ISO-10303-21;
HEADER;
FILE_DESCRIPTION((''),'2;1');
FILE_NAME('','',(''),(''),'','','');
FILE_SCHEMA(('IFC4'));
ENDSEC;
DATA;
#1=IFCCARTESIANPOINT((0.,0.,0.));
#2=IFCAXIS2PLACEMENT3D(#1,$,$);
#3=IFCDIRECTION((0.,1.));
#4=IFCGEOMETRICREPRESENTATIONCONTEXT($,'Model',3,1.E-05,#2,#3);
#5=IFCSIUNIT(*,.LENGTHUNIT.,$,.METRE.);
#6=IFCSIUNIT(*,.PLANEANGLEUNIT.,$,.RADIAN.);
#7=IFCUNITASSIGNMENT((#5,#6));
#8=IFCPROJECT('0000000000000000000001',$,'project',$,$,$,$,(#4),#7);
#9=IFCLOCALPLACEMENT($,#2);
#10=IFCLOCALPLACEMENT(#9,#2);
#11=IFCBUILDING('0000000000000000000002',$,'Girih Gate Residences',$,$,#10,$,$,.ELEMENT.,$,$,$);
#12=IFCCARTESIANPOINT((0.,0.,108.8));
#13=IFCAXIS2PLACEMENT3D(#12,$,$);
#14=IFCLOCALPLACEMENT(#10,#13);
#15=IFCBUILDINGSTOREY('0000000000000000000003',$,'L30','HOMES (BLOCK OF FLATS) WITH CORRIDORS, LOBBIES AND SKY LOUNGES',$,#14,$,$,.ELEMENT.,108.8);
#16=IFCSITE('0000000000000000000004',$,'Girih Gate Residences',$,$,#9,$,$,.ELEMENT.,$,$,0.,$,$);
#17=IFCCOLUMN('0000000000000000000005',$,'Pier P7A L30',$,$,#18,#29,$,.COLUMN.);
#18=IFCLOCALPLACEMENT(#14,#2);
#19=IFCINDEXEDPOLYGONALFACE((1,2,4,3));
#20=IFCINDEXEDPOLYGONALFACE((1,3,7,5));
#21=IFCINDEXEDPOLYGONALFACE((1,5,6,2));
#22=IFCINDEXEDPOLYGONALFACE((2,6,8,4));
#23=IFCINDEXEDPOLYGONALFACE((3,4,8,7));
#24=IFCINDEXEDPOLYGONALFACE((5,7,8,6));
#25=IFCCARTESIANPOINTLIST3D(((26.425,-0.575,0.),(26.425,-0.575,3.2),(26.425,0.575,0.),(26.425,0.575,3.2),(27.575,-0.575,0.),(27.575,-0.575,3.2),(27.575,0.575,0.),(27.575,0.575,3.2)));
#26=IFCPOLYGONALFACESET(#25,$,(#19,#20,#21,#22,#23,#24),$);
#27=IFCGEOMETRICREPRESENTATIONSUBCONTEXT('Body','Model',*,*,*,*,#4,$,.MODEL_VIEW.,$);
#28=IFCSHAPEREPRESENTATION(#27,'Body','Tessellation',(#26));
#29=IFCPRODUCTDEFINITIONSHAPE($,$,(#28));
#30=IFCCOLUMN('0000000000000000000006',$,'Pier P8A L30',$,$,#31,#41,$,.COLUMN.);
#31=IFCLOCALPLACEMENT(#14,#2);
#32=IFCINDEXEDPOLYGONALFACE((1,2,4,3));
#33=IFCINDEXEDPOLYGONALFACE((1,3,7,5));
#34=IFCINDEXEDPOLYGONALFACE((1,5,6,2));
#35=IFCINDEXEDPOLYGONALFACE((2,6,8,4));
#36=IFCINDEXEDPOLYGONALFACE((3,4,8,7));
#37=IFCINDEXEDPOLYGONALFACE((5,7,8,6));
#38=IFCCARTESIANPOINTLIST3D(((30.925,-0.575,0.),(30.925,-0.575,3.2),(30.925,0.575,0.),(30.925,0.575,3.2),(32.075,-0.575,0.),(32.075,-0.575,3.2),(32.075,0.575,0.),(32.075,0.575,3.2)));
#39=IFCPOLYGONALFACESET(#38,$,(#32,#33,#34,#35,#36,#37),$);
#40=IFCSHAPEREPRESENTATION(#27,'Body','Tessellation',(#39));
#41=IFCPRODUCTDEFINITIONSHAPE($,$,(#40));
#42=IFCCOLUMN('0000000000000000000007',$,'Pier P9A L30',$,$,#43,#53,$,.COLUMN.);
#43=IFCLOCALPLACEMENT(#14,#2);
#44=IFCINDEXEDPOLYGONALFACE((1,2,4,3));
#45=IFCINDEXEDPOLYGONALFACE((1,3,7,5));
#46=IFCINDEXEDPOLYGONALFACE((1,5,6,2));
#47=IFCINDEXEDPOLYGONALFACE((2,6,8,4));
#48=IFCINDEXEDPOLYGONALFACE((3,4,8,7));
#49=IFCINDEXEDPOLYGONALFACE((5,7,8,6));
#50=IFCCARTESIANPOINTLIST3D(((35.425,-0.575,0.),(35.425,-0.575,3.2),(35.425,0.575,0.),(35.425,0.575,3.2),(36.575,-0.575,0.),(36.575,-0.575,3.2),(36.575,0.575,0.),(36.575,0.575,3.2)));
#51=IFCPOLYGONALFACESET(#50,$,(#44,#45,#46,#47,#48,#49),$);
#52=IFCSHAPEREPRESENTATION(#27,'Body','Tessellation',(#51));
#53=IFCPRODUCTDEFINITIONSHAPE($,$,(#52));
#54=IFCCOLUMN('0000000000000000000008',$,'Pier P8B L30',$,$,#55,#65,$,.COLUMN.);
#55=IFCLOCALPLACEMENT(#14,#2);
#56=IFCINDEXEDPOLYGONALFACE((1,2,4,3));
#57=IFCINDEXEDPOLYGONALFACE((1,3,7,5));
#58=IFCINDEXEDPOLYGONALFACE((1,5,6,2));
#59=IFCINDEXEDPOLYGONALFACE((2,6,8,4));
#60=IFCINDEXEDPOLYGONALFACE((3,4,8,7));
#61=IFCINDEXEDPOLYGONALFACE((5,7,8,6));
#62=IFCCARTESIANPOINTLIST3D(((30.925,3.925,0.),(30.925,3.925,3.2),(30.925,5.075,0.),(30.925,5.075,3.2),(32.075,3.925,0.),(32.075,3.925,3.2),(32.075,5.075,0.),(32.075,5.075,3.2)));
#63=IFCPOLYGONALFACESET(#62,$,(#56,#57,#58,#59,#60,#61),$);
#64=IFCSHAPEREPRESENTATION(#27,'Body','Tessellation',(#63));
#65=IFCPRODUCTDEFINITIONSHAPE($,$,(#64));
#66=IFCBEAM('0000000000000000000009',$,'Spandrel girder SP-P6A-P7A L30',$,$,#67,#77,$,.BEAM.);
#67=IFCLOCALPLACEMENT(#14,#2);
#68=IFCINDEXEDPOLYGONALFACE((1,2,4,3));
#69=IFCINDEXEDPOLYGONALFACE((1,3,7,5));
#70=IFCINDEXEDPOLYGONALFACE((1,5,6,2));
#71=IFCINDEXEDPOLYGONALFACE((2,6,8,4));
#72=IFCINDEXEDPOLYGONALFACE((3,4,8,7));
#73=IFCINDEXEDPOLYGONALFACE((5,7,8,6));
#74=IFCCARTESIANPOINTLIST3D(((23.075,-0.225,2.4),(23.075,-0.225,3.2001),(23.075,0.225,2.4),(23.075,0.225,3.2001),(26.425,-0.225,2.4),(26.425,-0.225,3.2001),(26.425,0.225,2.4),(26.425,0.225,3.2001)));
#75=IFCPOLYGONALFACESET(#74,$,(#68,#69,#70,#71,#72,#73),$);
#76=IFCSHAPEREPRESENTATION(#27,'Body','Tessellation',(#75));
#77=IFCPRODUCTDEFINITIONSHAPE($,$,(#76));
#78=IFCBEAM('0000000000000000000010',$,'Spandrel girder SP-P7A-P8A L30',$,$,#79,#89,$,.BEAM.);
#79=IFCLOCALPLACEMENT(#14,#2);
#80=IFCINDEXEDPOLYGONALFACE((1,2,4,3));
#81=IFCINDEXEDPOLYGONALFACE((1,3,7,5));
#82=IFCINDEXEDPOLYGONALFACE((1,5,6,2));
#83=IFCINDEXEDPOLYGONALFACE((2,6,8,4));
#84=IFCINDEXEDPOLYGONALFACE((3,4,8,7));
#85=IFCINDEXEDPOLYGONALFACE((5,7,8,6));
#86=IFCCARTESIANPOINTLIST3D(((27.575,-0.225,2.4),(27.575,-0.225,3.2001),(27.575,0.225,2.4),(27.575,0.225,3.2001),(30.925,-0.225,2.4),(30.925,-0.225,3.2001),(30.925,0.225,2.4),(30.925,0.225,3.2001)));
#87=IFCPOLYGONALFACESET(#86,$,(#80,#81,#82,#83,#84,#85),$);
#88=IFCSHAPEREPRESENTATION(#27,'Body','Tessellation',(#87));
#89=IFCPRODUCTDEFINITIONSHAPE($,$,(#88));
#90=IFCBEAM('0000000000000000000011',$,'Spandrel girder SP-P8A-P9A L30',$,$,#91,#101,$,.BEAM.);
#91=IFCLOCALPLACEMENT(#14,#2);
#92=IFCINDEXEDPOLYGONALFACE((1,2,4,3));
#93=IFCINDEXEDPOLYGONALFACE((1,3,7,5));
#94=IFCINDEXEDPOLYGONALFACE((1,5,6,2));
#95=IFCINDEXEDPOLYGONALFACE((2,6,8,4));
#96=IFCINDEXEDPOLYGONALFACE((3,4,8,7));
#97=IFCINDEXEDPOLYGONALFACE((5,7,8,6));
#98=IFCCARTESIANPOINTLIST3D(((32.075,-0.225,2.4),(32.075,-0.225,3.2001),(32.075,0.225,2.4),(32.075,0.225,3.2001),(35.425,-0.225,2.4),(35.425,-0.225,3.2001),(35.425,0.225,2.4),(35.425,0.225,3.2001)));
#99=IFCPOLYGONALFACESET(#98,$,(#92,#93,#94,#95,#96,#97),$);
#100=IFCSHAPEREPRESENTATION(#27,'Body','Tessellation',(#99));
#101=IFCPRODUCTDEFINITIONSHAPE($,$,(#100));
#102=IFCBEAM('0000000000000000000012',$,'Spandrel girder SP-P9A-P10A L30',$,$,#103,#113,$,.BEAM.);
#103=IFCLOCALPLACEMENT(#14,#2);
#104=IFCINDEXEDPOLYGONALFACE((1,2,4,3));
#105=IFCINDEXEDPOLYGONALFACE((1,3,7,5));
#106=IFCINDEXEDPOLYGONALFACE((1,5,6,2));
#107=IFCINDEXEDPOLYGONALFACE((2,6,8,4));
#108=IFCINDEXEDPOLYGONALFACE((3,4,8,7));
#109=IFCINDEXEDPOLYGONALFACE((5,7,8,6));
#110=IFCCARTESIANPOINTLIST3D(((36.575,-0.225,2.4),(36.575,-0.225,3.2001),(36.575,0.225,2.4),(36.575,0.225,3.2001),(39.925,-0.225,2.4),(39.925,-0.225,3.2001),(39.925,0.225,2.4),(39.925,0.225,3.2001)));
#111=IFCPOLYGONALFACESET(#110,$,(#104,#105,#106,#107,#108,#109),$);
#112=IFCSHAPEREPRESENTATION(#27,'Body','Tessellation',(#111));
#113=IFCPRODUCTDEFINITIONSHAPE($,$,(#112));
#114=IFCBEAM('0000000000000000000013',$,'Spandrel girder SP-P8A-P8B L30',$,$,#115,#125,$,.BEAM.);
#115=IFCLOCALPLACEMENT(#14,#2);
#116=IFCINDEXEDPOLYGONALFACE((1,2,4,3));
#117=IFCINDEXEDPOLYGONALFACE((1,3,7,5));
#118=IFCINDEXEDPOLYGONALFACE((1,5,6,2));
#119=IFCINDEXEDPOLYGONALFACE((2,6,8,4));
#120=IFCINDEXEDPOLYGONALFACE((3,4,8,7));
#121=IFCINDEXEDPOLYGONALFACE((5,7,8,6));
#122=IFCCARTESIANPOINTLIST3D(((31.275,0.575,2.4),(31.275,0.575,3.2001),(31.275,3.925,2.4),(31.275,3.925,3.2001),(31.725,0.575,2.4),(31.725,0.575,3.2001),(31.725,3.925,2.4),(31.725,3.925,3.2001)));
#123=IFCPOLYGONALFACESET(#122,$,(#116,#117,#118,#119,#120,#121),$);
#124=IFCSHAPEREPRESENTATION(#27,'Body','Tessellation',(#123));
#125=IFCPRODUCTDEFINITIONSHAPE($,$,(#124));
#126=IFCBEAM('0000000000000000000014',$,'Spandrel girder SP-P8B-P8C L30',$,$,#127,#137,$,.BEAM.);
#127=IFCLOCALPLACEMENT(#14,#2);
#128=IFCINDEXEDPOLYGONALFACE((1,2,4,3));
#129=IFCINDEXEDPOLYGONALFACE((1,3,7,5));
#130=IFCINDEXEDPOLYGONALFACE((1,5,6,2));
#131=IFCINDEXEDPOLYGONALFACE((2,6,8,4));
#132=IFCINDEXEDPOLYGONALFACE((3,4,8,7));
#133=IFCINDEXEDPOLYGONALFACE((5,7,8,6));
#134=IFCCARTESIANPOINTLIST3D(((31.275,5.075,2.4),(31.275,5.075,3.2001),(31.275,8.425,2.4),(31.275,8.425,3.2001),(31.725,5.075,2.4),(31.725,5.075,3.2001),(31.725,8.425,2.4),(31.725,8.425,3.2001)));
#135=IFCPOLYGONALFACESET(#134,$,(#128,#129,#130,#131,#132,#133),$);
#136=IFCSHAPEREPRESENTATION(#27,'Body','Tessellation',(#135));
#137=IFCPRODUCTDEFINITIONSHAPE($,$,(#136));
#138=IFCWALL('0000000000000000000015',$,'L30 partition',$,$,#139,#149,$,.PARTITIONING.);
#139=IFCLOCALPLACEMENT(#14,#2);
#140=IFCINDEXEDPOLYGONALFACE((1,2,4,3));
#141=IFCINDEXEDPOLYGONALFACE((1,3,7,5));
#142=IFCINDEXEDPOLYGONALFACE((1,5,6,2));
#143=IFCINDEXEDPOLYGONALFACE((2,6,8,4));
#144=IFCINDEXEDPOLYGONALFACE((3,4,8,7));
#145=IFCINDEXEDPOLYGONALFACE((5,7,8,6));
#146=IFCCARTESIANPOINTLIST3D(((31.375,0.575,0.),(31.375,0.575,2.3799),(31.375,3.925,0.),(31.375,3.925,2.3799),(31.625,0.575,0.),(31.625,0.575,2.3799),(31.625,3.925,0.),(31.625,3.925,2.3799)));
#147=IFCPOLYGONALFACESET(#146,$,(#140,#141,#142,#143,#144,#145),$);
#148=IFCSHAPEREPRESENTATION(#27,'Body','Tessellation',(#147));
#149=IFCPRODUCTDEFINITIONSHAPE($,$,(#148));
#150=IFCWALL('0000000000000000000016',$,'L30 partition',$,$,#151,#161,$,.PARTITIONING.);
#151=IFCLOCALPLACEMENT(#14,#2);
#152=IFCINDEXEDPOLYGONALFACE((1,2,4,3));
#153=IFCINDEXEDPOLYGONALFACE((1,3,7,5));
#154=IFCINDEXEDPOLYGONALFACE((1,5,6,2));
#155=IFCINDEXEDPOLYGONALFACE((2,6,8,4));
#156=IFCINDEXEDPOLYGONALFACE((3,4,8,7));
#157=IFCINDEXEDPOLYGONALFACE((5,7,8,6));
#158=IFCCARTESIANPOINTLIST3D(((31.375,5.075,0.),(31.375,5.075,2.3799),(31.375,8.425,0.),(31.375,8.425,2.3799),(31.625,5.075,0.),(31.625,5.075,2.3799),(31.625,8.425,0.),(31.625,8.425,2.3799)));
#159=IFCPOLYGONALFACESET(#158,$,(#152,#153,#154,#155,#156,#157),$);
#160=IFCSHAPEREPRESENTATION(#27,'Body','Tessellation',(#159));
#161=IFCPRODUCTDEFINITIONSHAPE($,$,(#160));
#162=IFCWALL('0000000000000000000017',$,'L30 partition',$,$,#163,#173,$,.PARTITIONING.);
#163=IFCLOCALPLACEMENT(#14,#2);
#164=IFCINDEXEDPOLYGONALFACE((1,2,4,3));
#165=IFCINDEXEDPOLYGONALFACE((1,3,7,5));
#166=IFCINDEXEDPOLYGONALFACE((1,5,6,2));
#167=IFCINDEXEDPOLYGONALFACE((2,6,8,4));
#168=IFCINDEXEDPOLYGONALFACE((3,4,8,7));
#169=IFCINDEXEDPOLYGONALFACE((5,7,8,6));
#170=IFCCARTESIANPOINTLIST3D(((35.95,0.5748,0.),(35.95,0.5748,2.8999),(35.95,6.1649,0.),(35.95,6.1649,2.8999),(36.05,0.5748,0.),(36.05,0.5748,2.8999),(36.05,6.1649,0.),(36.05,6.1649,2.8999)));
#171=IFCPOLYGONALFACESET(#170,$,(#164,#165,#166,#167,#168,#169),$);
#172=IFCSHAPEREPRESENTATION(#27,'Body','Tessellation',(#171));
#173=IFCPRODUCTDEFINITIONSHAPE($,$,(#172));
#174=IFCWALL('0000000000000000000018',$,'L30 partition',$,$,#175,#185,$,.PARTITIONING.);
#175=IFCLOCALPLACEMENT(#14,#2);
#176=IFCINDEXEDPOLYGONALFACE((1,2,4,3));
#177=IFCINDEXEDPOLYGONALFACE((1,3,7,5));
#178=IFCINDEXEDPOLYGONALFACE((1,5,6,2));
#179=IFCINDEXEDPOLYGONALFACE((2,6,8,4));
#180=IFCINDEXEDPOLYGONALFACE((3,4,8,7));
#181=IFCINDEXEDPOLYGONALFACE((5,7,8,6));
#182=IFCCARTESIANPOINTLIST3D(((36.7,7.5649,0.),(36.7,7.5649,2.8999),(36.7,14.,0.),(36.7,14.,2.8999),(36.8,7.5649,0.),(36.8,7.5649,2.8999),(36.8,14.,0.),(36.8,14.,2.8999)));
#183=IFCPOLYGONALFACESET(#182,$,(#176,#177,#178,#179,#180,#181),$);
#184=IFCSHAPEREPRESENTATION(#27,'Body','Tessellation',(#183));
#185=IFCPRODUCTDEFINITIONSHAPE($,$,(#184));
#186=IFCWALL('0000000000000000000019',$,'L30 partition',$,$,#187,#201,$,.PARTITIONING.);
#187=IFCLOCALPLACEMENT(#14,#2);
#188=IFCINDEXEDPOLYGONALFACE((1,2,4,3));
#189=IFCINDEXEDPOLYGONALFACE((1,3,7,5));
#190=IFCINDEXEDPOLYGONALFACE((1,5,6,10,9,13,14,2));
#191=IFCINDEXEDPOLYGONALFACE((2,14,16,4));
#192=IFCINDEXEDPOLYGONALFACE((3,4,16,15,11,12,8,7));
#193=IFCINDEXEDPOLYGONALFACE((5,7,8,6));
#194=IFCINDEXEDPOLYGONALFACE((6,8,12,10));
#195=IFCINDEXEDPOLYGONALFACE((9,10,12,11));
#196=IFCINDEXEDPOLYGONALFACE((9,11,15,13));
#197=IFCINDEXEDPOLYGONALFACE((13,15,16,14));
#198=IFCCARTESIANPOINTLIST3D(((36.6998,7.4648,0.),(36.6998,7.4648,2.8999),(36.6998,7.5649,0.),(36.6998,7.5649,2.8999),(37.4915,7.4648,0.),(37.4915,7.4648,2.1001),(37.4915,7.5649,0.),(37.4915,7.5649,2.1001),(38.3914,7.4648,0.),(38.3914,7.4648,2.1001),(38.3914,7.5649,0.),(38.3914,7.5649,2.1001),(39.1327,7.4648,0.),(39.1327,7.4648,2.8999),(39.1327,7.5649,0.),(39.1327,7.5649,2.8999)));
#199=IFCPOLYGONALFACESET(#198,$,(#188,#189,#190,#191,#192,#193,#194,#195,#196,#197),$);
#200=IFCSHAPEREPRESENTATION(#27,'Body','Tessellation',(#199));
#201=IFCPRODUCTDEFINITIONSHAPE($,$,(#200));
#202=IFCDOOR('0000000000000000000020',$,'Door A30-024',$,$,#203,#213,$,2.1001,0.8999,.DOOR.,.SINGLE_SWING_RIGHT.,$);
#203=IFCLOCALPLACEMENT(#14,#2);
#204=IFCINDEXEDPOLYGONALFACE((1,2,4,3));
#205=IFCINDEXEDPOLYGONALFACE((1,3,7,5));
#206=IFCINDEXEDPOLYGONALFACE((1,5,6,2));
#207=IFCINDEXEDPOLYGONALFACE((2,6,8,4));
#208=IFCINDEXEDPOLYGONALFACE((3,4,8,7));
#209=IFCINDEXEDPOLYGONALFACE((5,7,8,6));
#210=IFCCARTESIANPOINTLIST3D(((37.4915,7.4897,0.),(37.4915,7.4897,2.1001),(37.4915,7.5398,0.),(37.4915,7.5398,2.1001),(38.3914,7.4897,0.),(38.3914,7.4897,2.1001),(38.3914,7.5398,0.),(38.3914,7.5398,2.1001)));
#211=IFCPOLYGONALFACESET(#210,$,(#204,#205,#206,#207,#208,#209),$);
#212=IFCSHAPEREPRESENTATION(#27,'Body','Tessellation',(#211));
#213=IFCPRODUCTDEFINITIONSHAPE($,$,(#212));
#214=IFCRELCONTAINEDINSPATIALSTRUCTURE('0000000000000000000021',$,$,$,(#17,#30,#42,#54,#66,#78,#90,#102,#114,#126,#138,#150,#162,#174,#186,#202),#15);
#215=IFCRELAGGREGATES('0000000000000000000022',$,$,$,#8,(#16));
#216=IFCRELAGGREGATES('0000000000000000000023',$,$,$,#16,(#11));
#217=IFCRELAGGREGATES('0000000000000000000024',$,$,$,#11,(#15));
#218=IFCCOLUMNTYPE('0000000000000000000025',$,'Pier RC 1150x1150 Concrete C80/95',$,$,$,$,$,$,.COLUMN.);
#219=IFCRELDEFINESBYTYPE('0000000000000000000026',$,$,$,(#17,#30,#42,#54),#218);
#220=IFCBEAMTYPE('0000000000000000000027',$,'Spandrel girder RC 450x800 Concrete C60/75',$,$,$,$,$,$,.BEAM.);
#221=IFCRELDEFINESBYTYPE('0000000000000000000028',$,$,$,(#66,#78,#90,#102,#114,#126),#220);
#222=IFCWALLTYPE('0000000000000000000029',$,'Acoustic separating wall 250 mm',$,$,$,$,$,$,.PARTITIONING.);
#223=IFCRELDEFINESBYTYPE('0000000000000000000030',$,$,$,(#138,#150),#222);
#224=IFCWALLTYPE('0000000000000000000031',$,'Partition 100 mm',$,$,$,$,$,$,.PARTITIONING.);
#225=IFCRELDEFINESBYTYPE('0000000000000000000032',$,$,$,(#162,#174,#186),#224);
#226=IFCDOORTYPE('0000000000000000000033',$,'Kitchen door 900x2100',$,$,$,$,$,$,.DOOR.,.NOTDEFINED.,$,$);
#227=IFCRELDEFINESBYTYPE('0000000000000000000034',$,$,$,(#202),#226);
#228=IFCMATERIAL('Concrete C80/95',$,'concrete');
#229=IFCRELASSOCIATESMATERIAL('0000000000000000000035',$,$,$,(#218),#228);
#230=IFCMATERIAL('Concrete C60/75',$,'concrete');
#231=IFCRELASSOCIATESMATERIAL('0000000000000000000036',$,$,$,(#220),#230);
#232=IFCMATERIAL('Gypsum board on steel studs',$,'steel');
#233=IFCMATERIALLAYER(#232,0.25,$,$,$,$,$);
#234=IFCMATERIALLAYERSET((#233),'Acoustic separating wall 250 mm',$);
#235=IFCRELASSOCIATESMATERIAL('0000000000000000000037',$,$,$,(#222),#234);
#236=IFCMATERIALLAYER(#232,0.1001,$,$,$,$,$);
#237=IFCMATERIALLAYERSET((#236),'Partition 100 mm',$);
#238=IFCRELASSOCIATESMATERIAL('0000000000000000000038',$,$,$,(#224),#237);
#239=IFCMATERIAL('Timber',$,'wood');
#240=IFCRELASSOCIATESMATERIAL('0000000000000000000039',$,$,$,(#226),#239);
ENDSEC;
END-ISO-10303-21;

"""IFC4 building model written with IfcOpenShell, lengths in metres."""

from ifc_helpers import new_model, si_unit, direction, frame, frame_2d, origin, origin_2d, place, context, subcontext, project, spatial, rectangle, extrude, material, layer, layer_set, material_profile, profile_set, type_object, element, fill, save


model = new_model("IFC4")

# Units and contexts
model_context = context("Model", 3, precision=1e-05, world=origin(), true_north=direction((0.0, 1.0)))
body_context = subcontext(model_context, "Body", "Model", "MODEL_VIEW")
ifc_project = project(units=[si_unit("LENGTHUNIT", "METRE"), si_unit("PLANEANGLEUNIT", "RADIAN")], contexts=[model_context])

# Site, building, storey
site_placement = place(None, origin())
site = spatial("IfcSite", under=ifc_project, at=site_placement, Name="Girih Gate Residences", CompositionType="ELEMENT", RefElevation=0.0)
building_placement = place(site_placement, origin())
building = spatial("IfcBuilding", under=site, at=building_placement, Name="Girih Gate Residences", CompositionType="ELEMENT")
storey_placement = place(building_placement, frame((0.0, 0.0, 108.8)))
storey = spatial("IfcBuildingStorey", under=building, at=storey_placement, Name="L30", Description="HOMES (BLOCK OF FLATS) WITH CORRIDORS, LOBBIES AND SKY LOUNGES", CompositionType="ELEMENT", Elevation=108.8)

# Columns
ifc_material_1 = material(Name="Concrete C80/95", Category="concrete")
ifc_material_profile_1 = material_profile(ifc_material_1, rectangle(XDim=1.1499, YDim=1.1499, at=origin_2d()))
ifc_profile_set_1 = profile_set([ifc_material_profile_1], Name="Concrete C80/95")
column_type = type_object("IfcColumnType", Name="Pier RC 1150x1150 Concrete C80/95", PredefinedType="COLUMN", material=ifc_profile_set_1)
for number, where, z_axis, x_axis, name in (
    (1, (27.0, 0.0, 0.0), (0.0, 0.0, 1.0), (1.0, 0.0, 0.0), "Pier P7A L30"),
    (2, (31.5, 0.0, 0.0), (0.0, 0.0, 1.0), (1.0, 0.0, 0.0), "Pier P8A L30"),
    (3, (36.0, 0.0, 0.0), (0.0, 0.0, 1.0), (1.0, 0.0, 0.0), "Pier P9A L30"),
    (4, (31.5, 4.5, 0.0), (0.0, 0.0, 1.0), (1.0, 0.0, 0.0), "Pier P8B L30"),
):
    element("IfcColumn", number, at=place(storey_placement, frame(where, z_axis=z_axis, x_axis=x_axis)), inside=storey, type_object=column_type, Name=name, PredefinedType="COLUMN", context=body_context, shape_type="SweptSolid", body=[
        extrude(rectangle(XDim=1.1499, YDim=1.1499, at=origin_2d()), origin(), (0.0, 0.0, 1.0), 3.2),
    ])

# Beams
ifc_material_2 = material(Name="Concrete C60/75", Category="concrete")
ifc_material_profile_2 = material_profile(ifc_material_2, rectangle(XDim=0.45, YDim=0.8, at=origin_2d()))
ifc_profile_set_2 = profile_set([ifc_material_profile_2], Name="Concrete C60/75")
beam_type = type_object("IfcBeamType", Name="Spandrel girder RC 450x800 Concrete C60/75", PredefinedType="BEAM", material=ifc_profile_set_2)
for number, where, z_axis, x_axis, name in (
    (5, (23.075, 0.0, 2.8), (1.0, 0.0, 0.0), (0.0, 1.0, 0.0), "Spandrel girder SP-P6A-P7A L30"),
    (6, (27.575, 0.0, 2.8), (1.0, 0.0, 0.0), (0.0, 1.0, 0.0), "Spandrel girder SP-P7A-P8A L30"),
    (7, (32.075, 0.0, 2.8), (1.0, 0.0, 0.0), (0.0, 1.0, 0.0), "Spandrel girder SP-P8A-P9A L30"),
    (8, (36.575, 0.0, 2.8), (1.0, 0.0, 0.0), (0.0, 1.0, 0.0), "Spandrel girder SP-P9A-P10A L30"),
    (9, (31.5, 0.575, 2.8), (0.0, 1.0, 0.0), (-1.0, 0.0, 0.0), "Spandrel girder SP-P8A-P8B L30"),
    (10, (31.5, 5.075, 2.8), (0.0, 1.0, 0.0), (-1.0, 0.0, 0.0), "Spandrel girder SP-P8B-P8C L30"),
):
    element("IfcBeam", number, at=place(storey_placement, frame(where, z_axis=z_axis, x_axis=x_axis)), inside=storey, type_object=beam_type, Name=name, PredefinedType="BEAM", context=body_context, shape_type="SweptSolid", body=[
        extrude(rectangle(XDim=0.45, YDim=0.8, at=origin_2d()), origin(), (0.0, 0.0, 1.0), 3.3501),
    ])

# Walls
ifc_material_3 = material(Name="Gypsum board on steel studs", Category="steel")
ifc_layer_1 = layer(ifc_material_3, 0.25)
ifc_layer_set_1 = layer_set([ifc_layer_1], Name="Acoustic separating wall 250 mm")
wall_type_1 = type_object("IfcWallType", Name="Acoustic separating wall 250 mm", PredefinedType="PARTITIONING", material=ifc_layer_set_1)
for number, where, z_axis, x_axis, name in (
    (11, (31.5, 0.575, 0.0), (0.0, 0.0, 1.0), (0.0, 1.0, 0.0), "L30 partition"),
    (12, (31.5, 5.075, 0.0), (0.0, 0.0, 1.0), (0.0, 1.0, 0.0), "L30 partition"),
):
    element("IfcWall", number, at=place(storey_placement, frame(where, z_axis=z_axis, x_axis=x_axis)), inside=storey, type_object=wall_type_1, Name=name, PredefinedType="PARTITIONING", context=body_context, shape_type="SweptSolid", body=[
        extrude(rectangle(XDim=3.3501, YDim=0.25, at=frame_2d((1.675, 0.0))), origin(), (0.0, 0.0, 1.0), 2.3799),
    ])
ifc_layer_2 = layer(ifc_material_3, 0.1001)
ifc_layer_set_2 = layer_set([ifc_layer_2], Name="Partition 100 mm")
wall_type_2 = type_object("IfcWallType", Name="Partition 100 mm", PredefinedType="PARTITIONING", material=ifc_layer_set_2)
wall_1_placement = place(storey_placement, frame((36.0, 0.575, 0.0), z_axis=(0.0, 0.0, 1.0), x_axis=(0.0, 1.0, 0.0)))
element("IfcWall", 13, at=wall_1_placement, inside=storey, type_object=wall_type_2, Name="L30 partition", PredefinedType="PARTITIONING", context=body_context, shape_type="SweptSolid", body=[
    extrude(rectangle(XDim=5.5901, YDim=0.1001, at=frame_2d((2.7949, 0.0))), origin(), (0.0, 0.0, 1.0), 2.8999),
])
wall_2_placement = place(storey_placement, frame((36.75, 7.5649, 0.0), z_axis=(0.0, 0.0, 1.0), x_axis=(0.0, 1.0, 0.0)))
element("IfcWall", 14, at=wall_2_placement, inside=storey, type_object=wall_type_2, Name="L30 partition", PredefinedType="PARTITIONING", context=body_context, shape_type="SweptSolid", body=[
    extrude(rectangle(XDim=6.4351, YDim=0.1001, at=frame_2d((3.2175, 0.0))), origin(), (0.0, 0.0, 1.0), 2.8999),
])

# Wall, opening, door
wall_3_placement = place(storey_placement, frame((36.7, 7.5149, 0.0), z_axis=(0.0, 0.0, 1.0), x_axis=(1.0, 0.0, 0.0)))
wall_3 = element("IfcWall", 15, at=wall_3_placement, inside=storey, type_object=wall_type_2, Name="L30 partition", PredefinedType="PARTITIONING", context=body_context, shape_type="SweptSolid", body=[
    extrude(rectangle(XDim=2.4329, YDim=0.1001, at=frame_2d((1.2163, 0.0))), origin(), (0.0, 0.0, 1.0), 2.8999),
])
opening_1_placement = place(wall_3_placement, frame((0.7915, 0.0, 0.0)))
opening_1 = element("IfcOpeningElement", 16, at=opening_1_placement, cuts=wall_3, PredefinedType="OPENING", context=body_context, shape_type="SweptSolid", body=[
    extrude(rectangle(XDim=0.8999, YDim=2.1001, at=frame_2d((0.45, 1.05))), frame((0.0, 0.0601, 0.0), z_axis=(0.0, -1.0, 0.0), x_axis=(1.0, 0.0, 0.0)), (0.0, 0.0, 1.0), 0.1201),
])
ifc_material_4 = material(Name="Timber", Category="wood")
door_type_1 = type_object("IfcDoorType", Name="Kitchen door 900x2100", OperationType="NOTDEFINED", PredefinedType="DOOR", material=ifc_material_4)
door_1_placement = place(opening_1_placement, origin())
door_1 = element("IfcDoor", 17, at=door_1_placement, inside=storey, type_object=door_type_1, Name="Door A30-024", OperationType="SINGLE_SWING_RIGHT", OverallHeight=2.1001, OverallWidth=0.8999, PredefinedType="DOOR", context=body_context, shape_type="SweptSolid", body=[
    extrude(rectangle(XDim=0.8999, YDim=2.1001, at=frame_2d((0.45, 1.05))), frame((0.0, 0.0249, 0.0), z_axis=(0.0, -1.0, 0.0), x_axis=(1.0, 0.0, 0.0)), (0.0, 0.0, 1.0), 0.05),
])
fill(opening_1, door_1)

save(model, "model.ifc")
